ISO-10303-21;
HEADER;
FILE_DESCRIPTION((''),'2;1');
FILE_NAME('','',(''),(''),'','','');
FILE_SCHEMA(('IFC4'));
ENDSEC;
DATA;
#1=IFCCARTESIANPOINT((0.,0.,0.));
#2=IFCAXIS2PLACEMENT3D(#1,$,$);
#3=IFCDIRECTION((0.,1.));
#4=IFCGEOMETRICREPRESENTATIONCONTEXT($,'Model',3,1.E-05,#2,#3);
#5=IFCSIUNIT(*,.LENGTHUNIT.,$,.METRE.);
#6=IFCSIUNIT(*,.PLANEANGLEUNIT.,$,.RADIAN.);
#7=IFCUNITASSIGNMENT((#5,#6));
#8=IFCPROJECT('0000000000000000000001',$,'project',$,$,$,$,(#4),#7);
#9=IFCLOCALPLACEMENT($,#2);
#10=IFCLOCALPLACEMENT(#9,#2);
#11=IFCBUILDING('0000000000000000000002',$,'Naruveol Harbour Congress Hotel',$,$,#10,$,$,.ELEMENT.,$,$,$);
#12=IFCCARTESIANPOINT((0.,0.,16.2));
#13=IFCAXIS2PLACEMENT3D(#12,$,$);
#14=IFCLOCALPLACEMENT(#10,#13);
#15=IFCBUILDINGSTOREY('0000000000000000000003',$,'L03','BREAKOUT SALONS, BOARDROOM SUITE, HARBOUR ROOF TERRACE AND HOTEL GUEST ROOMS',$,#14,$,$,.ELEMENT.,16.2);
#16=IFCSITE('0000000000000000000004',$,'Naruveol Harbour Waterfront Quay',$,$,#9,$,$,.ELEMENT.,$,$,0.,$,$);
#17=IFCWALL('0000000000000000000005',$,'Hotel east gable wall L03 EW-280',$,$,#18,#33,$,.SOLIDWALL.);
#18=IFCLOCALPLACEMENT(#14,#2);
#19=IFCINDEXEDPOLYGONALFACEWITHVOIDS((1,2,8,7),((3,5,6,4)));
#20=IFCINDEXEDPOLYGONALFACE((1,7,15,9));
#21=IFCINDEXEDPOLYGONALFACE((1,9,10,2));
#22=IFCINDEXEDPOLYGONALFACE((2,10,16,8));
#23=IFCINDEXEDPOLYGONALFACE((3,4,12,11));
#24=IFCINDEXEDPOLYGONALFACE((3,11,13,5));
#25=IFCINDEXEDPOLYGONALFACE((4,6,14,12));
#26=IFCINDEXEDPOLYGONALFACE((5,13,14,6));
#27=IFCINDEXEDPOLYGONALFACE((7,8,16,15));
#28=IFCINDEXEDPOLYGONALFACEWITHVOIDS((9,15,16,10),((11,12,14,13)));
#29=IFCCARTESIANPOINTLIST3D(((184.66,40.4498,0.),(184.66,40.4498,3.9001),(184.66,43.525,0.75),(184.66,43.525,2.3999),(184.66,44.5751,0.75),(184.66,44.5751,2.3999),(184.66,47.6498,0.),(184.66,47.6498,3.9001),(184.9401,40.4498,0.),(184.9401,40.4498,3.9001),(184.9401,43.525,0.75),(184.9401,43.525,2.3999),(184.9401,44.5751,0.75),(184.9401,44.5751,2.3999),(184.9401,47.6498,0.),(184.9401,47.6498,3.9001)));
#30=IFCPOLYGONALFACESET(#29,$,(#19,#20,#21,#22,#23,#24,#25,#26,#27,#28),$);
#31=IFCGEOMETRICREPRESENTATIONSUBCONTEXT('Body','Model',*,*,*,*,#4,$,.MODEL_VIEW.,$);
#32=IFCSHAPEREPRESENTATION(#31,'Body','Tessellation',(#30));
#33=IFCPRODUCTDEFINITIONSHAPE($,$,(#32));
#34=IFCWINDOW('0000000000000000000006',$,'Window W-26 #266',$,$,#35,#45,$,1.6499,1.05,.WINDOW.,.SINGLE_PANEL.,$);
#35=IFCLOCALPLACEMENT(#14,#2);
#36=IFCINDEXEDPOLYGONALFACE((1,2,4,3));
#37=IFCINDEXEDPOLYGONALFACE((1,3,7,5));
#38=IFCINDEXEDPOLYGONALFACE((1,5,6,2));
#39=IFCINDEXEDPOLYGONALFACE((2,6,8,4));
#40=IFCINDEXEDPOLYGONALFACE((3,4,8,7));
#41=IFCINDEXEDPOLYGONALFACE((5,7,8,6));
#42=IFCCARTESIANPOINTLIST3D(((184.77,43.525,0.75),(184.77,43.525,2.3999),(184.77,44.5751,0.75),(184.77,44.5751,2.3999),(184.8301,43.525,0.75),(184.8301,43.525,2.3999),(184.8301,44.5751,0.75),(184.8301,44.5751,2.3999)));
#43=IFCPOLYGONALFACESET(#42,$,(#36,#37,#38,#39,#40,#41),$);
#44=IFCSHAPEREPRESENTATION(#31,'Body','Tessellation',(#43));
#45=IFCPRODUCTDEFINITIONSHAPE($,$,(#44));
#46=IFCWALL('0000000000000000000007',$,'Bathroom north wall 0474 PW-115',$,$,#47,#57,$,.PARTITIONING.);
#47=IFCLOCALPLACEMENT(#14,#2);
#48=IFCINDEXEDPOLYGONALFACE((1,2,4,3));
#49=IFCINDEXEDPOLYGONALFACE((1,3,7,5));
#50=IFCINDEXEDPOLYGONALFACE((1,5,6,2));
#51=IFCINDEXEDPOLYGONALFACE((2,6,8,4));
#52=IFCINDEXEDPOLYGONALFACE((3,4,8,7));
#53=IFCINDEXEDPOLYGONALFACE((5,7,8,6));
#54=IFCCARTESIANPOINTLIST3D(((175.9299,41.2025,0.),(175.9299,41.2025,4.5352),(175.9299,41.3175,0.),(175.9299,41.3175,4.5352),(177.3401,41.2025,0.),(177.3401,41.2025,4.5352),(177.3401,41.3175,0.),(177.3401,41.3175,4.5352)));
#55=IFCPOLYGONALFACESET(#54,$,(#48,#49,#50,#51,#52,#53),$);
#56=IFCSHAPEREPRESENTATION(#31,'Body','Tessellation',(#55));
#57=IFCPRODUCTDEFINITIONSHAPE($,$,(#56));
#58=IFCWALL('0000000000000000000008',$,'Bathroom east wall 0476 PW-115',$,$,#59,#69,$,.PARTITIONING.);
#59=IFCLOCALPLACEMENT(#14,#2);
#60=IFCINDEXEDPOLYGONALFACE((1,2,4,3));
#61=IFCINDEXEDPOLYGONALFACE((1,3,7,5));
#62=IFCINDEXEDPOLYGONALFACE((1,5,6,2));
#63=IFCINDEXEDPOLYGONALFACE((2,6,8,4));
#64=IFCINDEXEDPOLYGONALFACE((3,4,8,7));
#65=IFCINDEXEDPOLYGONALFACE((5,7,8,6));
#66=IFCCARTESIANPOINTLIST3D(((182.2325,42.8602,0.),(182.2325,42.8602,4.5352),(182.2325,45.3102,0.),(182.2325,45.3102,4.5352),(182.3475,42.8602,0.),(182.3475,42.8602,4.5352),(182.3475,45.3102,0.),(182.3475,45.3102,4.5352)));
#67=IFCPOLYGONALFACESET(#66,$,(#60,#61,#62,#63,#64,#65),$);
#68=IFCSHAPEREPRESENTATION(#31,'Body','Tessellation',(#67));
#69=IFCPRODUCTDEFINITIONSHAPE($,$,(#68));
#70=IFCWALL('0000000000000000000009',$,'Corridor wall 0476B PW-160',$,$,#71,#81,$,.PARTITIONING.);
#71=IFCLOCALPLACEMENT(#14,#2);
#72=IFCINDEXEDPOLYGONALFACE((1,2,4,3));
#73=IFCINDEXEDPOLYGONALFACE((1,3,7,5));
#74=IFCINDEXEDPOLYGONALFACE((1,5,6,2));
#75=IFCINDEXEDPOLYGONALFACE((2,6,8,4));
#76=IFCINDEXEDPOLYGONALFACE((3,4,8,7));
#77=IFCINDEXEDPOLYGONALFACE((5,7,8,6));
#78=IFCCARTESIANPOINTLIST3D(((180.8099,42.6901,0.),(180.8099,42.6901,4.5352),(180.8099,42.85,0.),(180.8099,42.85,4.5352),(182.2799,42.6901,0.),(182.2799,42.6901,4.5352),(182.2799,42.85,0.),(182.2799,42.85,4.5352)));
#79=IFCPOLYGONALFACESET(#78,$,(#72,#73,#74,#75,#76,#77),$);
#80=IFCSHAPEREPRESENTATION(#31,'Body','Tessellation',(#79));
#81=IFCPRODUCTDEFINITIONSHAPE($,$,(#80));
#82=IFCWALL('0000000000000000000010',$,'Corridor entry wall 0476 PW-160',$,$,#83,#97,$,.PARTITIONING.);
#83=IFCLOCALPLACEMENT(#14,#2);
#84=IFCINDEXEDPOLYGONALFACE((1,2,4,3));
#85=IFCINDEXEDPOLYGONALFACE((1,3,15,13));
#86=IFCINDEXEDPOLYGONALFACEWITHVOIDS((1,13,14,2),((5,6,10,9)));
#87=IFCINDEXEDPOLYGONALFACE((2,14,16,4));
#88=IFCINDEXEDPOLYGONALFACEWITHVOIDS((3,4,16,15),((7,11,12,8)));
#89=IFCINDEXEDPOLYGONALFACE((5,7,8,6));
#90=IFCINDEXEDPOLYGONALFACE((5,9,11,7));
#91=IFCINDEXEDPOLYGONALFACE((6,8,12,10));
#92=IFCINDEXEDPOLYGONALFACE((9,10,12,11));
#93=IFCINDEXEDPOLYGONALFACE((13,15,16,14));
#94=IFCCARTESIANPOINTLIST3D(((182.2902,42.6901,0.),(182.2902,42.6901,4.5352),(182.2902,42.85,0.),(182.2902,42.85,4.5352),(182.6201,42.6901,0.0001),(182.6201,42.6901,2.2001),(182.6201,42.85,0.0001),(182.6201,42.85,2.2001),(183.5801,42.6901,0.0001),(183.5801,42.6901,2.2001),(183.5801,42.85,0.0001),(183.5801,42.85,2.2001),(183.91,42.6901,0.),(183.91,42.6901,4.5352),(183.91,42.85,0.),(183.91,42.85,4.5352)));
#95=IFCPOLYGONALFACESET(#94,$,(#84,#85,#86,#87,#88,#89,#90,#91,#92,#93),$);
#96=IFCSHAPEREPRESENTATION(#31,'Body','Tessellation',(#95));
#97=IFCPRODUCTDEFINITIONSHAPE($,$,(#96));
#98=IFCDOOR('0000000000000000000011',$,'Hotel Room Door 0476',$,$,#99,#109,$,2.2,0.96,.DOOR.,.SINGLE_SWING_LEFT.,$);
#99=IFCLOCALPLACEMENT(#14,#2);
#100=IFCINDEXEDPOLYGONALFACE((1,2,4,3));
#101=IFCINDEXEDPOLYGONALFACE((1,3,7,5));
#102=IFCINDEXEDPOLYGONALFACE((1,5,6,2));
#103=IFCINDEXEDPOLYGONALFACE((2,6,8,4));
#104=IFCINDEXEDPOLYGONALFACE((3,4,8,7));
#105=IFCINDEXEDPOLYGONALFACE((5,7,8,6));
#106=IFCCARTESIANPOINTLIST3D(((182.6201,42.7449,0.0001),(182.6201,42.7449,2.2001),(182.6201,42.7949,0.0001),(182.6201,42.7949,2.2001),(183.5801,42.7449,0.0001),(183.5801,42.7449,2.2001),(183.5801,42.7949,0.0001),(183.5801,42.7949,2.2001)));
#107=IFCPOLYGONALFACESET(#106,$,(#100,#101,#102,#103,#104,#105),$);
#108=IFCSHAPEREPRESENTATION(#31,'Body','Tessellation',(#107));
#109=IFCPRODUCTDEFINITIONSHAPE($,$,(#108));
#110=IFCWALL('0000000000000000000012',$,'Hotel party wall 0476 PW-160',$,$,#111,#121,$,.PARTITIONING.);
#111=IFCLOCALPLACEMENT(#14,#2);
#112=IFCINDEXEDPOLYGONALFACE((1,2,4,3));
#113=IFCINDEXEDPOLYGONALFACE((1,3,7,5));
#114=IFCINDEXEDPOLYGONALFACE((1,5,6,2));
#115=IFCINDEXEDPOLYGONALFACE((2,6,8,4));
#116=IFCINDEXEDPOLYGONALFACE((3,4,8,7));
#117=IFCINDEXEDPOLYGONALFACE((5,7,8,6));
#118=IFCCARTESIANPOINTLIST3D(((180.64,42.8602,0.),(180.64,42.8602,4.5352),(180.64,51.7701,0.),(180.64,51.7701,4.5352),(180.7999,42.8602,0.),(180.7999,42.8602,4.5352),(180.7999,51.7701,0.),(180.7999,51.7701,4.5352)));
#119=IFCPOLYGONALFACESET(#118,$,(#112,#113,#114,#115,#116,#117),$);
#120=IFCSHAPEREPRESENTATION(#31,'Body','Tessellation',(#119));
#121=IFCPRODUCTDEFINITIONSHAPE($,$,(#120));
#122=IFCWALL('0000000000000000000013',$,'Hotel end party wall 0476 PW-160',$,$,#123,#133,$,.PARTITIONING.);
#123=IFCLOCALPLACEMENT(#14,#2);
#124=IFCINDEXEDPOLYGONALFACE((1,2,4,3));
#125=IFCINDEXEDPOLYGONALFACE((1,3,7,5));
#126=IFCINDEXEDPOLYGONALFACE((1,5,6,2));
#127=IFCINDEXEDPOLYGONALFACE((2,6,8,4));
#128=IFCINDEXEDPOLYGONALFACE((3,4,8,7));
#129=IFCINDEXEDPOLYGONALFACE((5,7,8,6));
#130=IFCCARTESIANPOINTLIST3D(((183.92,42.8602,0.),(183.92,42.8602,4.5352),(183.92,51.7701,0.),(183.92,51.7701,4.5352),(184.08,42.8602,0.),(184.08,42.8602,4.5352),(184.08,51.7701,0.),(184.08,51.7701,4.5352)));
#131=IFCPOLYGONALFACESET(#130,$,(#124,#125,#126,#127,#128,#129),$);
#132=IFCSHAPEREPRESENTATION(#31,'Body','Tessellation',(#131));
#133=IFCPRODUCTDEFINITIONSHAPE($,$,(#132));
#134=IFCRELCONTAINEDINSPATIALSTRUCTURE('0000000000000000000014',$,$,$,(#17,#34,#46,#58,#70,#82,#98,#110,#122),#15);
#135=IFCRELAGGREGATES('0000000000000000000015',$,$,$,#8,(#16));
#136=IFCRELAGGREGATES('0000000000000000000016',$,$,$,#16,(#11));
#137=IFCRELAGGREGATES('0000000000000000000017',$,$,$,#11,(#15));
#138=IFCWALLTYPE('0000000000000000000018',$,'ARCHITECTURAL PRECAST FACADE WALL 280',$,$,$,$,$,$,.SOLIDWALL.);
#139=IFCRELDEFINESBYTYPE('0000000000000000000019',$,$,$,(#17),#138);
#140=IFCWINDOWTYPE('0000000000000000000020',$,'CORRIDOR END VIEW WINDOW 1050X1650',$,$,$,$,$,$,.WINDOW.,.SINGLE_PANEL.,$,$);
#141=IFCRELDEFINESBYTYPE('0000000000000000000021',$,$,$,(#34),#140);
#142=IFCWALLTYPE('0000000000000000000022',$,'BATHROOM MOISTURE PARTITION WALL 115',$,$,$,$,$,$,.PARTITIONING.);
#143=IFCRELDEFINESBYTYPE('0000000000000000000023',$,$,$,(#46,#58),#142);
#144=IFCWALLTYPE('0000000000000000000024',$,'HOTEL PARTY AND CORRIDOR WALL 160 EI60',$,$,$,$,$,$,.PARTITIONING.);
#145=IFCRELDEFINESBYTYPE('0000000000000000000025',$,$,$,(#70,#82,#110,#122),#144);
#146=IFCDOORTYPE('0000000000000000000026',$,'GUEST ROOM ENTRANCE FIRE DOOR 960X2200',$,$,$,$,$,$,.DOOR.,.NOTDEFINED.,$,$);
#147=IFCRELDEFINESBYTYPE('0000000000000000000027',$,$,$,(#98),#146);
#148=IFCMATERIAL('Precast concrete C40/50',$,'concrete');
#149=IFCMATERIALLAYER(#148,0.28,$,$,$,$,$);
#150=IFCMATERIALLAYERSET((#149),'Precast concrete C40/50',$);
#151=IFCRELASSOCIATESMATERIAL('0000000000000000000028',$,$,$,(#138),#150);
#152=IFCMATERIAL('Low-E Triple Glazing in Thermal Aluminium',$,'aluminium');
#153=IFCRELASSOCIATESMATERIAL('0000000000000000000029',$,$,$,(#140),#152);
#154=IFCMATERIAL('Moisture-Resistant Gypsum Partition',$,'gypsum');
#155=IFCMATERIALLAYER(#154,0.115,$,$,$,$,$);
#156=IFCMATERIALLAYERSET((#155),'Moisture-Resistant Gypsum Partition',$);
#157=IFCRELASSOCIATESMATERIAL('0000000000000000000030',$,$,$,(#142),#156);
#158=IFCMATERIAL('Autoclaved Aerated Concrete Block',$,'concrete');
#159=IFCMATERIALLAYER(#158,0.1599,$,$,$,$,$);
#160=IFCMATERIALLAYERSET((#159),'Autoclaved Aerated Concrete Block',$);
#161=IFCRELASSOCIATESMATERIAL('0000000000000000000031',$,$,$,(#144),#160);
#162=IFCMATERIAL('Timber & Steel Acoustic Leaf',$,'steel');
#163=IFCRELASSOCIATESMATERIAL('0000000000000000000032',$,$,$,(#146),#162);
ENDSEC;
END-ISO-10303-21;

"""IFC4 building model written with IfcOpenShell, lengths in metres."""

from ifc_helpers import new_model, si_unit, direction, frame, frame_2d, origin, place, context, subcontext, project, spatial, rectangle, extrude, material, layer, layer_set, type_object, element, fill, save


model = new_model("IFC4")

# Units and contexts
model_context = context("Model", 3, precision=1e-05, world=origin(), true_north=direction((0.0, 1.0)))
body_context = subcontext(model_context, "Body", "Model", "MODEL_VIEW")
ifc_project = project(units=[si_unit("LENGTHUNIT", "METRE"), si_unit("PLANEANGLEUNIT", "RADIAN")], contexts=[model_context])

# Site, building, storey
site_placement = place(None, origin())
site = spatial("IfcSite", under=ifc_project, at=site_placement, Name="Naruveol Harbour Waterfront Quay", CompositionType="ELEMENT", RefElevation=0.0)
building_placement = place(site_placement, origin())
building = spatial("IfcBuilding", under=site, at=building_placement, Name="Naruveol Harbour Congress Hotel", CompositionType="ELEMENT")
storey_placement = place(building_placement, frame((0.0, 0.0, 16.2)))
storey = spatial("IfcBuildingStorey", under=building, at=storey_placement, Name="L03", Description="BREAKOUT SALONS, BOARDROOM SUITE, HARBOUR ROOF TERRACE AND HOTEL GUEST ROOMS", CompositionType="ELEMENT", Elevation=16.2)

# Wall, opening, window
ifc_material_1 = material(Name="Precast concrete C40/50", Category="concrete")
ifc_layer_1 = layer(ifc_material_1, 0.28)
ifc_layer_set_1 = layer_set([ifc_layer_1], Name="Precast concrete C40/50")
wall_type_1 = type_object("IfcWallType", Name="ARCHITECTURAL PRECAST FACADE WALL 280", PredefinedType="SOLIDWALL", material=ifc_layer_set_1)
wall_1_placement = place(storey_placement, frame((184.8, 47.6499, 0.0), z_axis=(0.0, 0.0, 1.0), x_axis=(0.0, -1.0, 0.0)))
wall_1 = element("IfcWall", 1, at=wall_1_placement, inside=storey, type_object=wall_type_1, Name="Hotel east gable wall L03 EW-280", PredefinedType="SOLIDWALL", context=body_context, shape_type="SweptSolid", body=[
    extrude(rectangle(XDim=7.2, YDim=0.28, at=frame_2d((3.6001, 0.0))), origin(), (0.0, 0.0, 1.0), 3.9001),
])
opening_1_placement = place(wall_1_placement, frame((3.075, 0.0, 0.75)))
opening_1 = element("IfcOpeningElement", 2, at=opening_1_placement, cuts=wall_1, PredefinedType="OPENING", context=body_context, shape_type="SweptSolid", body=[
    extrude(rectangle(XDim=1.05, YDim=1.6499, at=frame_2d((0.5249, 0.825))), frame((0.0, 0.1499, 0.0), z_axis=(0.0, -1.0, 0.0), x_axis=(1.0, 0.0, 0.0)), (0.0, 0.0, 1.0), 0.3),
])
ifc_material_2 = material(Name="Low-E Triple Glazing in Thermal Aluminium", Category="aluminium")
window_type_1 = type_object("IfcWindowType", Name="CORRIDOR END VIEW WINDOW 1050X1650", PartitioningType="SINGLE_PANEL", PredefinedType="WINDOW", material=ifc_material_2)
window_1_placement = place(opening_1_placement, origin())
window_1 = element("IfcWindow", 3, at=window_1_placement, inside=storey, type_object=window_type_1, Name="Window W-26 #266", OverallHeight=1.6499, OverallWidth=1.05, PartitioningType="SINGLE_PANEL", PredefinedType="WINDOW", context=body_context, shape_type="SweptSolid", body=[
    extrude(rectangle(XDim=1.05, YDim=1.6499, at=frame_2d((0.5249, 0.825))), frame((0.0, 0.03, 0.0), z_axis=(0.0, -1.0, 0.0), x_axis=(1.0, 0.0, 0.0)), (0.0, 0.0, 1.0), 0.0601),
])
fill(opening_1, window_1)

# Shared definitions
ifc_material_3 = material(Name="Moisture-Resistant Gypsum Partition", Category="gypsum")
ifc_layer_2 = layer(ifc_material_3, 0.115)
ifc_layer_set_2 = layer_set([ifc_layer_2], Name="Moisture-Resistant Gypsum Partition")
wall_type_2 = type_object("IfcWallType", Name="BATHROOM MOISTURE PARTITION WALL 115", PredefinedType="PARTITIONING", material=ifc_layer_set_2)

# Wall
wall_2_placement = place(storey_placement, frame((175.9299, 41.26, 0.0), z_axis=(0.0, 0.0, 1.0), x_axis=(1.0, 0.0, 0.0)))
element("IfcWall", 4, at=wall_2_placement, inside=storey, type_object=wall_type_2, Name="Bathroom north wall 0474 PW-115", PredefinedType="PARTITIONING", context=body_context, shape_type="SweptSolid", body=[
    extrude(rectangle(XDim=1.4102, YDim=0.115, at=frame_2d((0.7051, 0.0))), origin(), (0.0, 0.0, 1.0), 4.5352),
])

# Wall
wall_3_placement = place(storey_placement, frame((182.29, 42.8601, 0.0), z_axis=(0.0, 0.0, 1.0), x_axis=(0.0, 1.0, 0.0)))
element("IfcWall", 5, at=wall_3_placement, inside=storey, type_object=wall_type_2, Name="Bathroom east wall 0476 PW-115", PredefinedType="PARTITIONING", context=body_context, shape_type="SweptSolid", body=[
    extrude(rectangle(XDim=2.45, YDim=0.115, at=frame_2d((1.2251, 0.0))), origin(), (0.0, 0.0, 1.0), 4.5352),
])

# Wall
ifc_material_4 = material(Name="Autoclaved Aerated Concrete Block", Category="concrete")
ifc_layer_3 = layer(ifc_material_4, 0.1599)
ifc_layer_set_3 = layer_set([ifc_layer_3], Name="Autoclaved Aerated Concrete Block")
wall_type_3 = type_object("IfcWallType", Name="HOTEL PARTY AND CORRIDOR WALL 160 EI60", PredefinedType="PARTITIONING", material=ifc_layer_set_3)
wall_4_placement = place(storey_placement, frame((180.8101, 42.77, 0.0), z_axis=(0.0, 0.0, 1.0), x_axis=(1.0, 0.0, 0.0)))
element("IfcWall", 6, at=wall_4_placement, inside=storey, type_object=wall_type_3, Name="Corridor wall 0476B PW-160", PredefinedType="PARTITIONING", context=body_context, shape_type="SweptSolid", body=[
    extrude(rectangle(XDim=1.47, YDim=0.1599, at=frame_2d((0.7349, 0.0))), origin(), (0.0, 0.0, 1.0), 4.5352),
])

# Wall, opening, door
wall_5_placement = place(storey_placement, frame((182.29, 42.77, 0.0), z_axis=(0.0, 0.0, 1.0), x_axis=(1.0, 0.0, 0.0)))
wall_5 = element("IfcWall", 7, at=wall_5_placement, inside=storey, type_object=wall_type_3, Name="Corridor entry wall 0476 PW-160", PredefinedType="PARTITIONING", context=body_context, shape_type="SweptSolid", body=[
    extrude(rectangle(XDim=1.6199, YDim=0.1599, at=frame_2d((0.8101, 0.0))), origin(), (0.0, 0.0, 1.0), 4.5352),
])
opening_2_placement = place(wall_5_placement, frame((0.3301, 0.0, 0.0)))
opening_2 = element("IfcOpeningElement", 8, at=opening_2_placement, cuts=wall_5, PredefinedType="OPENING", context=body_context, shape_type="SweptSolid", body=[
    extrude(rectangle(XDim=0.96, YDim=2.2, at=frame_2d((0.48, 1.1001))), frame((0.0, 0.0898, 0.0), z_axis=(0.0, -1.0, 0.0), x_axis=(1.0, 0.0, 0.0)), (0.0, 0.0, 1.0), 0.1799),
])
ifc_material_5 = material(Name="Timber & Steel Acoustic Leaf", Category="steel")
door_type_1 = type_object("IfcDoorType", Name="GUEST ROOM ENTRANCE FIRE DOOR 960X2200", OperationType="NOTDEFINED", PredefinedType="DOOR", material=ifc_material_5)
door_1_placement = place(opening_2_placement, origin())
door_1 = element("IfcDoor", 9, at=door_1_placement, inside=storey, type_object=door_type_1, Name="Hotel Room Door 0476", OperationType="SINGLE_SWING_LEFT", OverallHeight=2.2, OverallWidth=0.96, PredefinedType="DOOR", context=body_context, shape_type="SweptSolid", body=[
    extrude(rectangle(XDim=0.96, YDim=2.2, at=frame_2d((0.48, 1.1001))), frame((0.0, 0.0249, 0.0), z_axis=(0.0, -1.0, 0.0), x_axis=(1.0, 0.0, 0.0)), (0.0, 0.0, 1.0), 0.05),
])
fill(opening_2, door_1)

# Walls
for number, where, z_axis, x_axis, name in (
    (10, (180.72, 42.8601, 0.0), (0.0, 0.0, 1.0), (0.0, 1.0, 0.0), "Hotel party wall 0476 PW-160"),
    (11, (184.0, 42.8601, 0.0), (0.0, 0.0, 1.0), (0.0, 1.0, 0.0), "Hotel end party wall 0476 PW-160"),
):
    element("IfcWall", number, at=place(storey_placement, frame(where, z_axis=z_axis, x_axis=x_axis)), inside=storey, type_object=wall_type_3, Name=name, PredefinedType="PARTITIONING", context=body_context, shape_type="SweptSolid", body=[
        extrude(rectangle(XDim=8.9099, YDim=0.1599, at=frame_2d((4.4551, 0.0))), origin(), (0.0, 0.0, 1.0), 4.5352),
    ])

save(model, "model.ifc")
